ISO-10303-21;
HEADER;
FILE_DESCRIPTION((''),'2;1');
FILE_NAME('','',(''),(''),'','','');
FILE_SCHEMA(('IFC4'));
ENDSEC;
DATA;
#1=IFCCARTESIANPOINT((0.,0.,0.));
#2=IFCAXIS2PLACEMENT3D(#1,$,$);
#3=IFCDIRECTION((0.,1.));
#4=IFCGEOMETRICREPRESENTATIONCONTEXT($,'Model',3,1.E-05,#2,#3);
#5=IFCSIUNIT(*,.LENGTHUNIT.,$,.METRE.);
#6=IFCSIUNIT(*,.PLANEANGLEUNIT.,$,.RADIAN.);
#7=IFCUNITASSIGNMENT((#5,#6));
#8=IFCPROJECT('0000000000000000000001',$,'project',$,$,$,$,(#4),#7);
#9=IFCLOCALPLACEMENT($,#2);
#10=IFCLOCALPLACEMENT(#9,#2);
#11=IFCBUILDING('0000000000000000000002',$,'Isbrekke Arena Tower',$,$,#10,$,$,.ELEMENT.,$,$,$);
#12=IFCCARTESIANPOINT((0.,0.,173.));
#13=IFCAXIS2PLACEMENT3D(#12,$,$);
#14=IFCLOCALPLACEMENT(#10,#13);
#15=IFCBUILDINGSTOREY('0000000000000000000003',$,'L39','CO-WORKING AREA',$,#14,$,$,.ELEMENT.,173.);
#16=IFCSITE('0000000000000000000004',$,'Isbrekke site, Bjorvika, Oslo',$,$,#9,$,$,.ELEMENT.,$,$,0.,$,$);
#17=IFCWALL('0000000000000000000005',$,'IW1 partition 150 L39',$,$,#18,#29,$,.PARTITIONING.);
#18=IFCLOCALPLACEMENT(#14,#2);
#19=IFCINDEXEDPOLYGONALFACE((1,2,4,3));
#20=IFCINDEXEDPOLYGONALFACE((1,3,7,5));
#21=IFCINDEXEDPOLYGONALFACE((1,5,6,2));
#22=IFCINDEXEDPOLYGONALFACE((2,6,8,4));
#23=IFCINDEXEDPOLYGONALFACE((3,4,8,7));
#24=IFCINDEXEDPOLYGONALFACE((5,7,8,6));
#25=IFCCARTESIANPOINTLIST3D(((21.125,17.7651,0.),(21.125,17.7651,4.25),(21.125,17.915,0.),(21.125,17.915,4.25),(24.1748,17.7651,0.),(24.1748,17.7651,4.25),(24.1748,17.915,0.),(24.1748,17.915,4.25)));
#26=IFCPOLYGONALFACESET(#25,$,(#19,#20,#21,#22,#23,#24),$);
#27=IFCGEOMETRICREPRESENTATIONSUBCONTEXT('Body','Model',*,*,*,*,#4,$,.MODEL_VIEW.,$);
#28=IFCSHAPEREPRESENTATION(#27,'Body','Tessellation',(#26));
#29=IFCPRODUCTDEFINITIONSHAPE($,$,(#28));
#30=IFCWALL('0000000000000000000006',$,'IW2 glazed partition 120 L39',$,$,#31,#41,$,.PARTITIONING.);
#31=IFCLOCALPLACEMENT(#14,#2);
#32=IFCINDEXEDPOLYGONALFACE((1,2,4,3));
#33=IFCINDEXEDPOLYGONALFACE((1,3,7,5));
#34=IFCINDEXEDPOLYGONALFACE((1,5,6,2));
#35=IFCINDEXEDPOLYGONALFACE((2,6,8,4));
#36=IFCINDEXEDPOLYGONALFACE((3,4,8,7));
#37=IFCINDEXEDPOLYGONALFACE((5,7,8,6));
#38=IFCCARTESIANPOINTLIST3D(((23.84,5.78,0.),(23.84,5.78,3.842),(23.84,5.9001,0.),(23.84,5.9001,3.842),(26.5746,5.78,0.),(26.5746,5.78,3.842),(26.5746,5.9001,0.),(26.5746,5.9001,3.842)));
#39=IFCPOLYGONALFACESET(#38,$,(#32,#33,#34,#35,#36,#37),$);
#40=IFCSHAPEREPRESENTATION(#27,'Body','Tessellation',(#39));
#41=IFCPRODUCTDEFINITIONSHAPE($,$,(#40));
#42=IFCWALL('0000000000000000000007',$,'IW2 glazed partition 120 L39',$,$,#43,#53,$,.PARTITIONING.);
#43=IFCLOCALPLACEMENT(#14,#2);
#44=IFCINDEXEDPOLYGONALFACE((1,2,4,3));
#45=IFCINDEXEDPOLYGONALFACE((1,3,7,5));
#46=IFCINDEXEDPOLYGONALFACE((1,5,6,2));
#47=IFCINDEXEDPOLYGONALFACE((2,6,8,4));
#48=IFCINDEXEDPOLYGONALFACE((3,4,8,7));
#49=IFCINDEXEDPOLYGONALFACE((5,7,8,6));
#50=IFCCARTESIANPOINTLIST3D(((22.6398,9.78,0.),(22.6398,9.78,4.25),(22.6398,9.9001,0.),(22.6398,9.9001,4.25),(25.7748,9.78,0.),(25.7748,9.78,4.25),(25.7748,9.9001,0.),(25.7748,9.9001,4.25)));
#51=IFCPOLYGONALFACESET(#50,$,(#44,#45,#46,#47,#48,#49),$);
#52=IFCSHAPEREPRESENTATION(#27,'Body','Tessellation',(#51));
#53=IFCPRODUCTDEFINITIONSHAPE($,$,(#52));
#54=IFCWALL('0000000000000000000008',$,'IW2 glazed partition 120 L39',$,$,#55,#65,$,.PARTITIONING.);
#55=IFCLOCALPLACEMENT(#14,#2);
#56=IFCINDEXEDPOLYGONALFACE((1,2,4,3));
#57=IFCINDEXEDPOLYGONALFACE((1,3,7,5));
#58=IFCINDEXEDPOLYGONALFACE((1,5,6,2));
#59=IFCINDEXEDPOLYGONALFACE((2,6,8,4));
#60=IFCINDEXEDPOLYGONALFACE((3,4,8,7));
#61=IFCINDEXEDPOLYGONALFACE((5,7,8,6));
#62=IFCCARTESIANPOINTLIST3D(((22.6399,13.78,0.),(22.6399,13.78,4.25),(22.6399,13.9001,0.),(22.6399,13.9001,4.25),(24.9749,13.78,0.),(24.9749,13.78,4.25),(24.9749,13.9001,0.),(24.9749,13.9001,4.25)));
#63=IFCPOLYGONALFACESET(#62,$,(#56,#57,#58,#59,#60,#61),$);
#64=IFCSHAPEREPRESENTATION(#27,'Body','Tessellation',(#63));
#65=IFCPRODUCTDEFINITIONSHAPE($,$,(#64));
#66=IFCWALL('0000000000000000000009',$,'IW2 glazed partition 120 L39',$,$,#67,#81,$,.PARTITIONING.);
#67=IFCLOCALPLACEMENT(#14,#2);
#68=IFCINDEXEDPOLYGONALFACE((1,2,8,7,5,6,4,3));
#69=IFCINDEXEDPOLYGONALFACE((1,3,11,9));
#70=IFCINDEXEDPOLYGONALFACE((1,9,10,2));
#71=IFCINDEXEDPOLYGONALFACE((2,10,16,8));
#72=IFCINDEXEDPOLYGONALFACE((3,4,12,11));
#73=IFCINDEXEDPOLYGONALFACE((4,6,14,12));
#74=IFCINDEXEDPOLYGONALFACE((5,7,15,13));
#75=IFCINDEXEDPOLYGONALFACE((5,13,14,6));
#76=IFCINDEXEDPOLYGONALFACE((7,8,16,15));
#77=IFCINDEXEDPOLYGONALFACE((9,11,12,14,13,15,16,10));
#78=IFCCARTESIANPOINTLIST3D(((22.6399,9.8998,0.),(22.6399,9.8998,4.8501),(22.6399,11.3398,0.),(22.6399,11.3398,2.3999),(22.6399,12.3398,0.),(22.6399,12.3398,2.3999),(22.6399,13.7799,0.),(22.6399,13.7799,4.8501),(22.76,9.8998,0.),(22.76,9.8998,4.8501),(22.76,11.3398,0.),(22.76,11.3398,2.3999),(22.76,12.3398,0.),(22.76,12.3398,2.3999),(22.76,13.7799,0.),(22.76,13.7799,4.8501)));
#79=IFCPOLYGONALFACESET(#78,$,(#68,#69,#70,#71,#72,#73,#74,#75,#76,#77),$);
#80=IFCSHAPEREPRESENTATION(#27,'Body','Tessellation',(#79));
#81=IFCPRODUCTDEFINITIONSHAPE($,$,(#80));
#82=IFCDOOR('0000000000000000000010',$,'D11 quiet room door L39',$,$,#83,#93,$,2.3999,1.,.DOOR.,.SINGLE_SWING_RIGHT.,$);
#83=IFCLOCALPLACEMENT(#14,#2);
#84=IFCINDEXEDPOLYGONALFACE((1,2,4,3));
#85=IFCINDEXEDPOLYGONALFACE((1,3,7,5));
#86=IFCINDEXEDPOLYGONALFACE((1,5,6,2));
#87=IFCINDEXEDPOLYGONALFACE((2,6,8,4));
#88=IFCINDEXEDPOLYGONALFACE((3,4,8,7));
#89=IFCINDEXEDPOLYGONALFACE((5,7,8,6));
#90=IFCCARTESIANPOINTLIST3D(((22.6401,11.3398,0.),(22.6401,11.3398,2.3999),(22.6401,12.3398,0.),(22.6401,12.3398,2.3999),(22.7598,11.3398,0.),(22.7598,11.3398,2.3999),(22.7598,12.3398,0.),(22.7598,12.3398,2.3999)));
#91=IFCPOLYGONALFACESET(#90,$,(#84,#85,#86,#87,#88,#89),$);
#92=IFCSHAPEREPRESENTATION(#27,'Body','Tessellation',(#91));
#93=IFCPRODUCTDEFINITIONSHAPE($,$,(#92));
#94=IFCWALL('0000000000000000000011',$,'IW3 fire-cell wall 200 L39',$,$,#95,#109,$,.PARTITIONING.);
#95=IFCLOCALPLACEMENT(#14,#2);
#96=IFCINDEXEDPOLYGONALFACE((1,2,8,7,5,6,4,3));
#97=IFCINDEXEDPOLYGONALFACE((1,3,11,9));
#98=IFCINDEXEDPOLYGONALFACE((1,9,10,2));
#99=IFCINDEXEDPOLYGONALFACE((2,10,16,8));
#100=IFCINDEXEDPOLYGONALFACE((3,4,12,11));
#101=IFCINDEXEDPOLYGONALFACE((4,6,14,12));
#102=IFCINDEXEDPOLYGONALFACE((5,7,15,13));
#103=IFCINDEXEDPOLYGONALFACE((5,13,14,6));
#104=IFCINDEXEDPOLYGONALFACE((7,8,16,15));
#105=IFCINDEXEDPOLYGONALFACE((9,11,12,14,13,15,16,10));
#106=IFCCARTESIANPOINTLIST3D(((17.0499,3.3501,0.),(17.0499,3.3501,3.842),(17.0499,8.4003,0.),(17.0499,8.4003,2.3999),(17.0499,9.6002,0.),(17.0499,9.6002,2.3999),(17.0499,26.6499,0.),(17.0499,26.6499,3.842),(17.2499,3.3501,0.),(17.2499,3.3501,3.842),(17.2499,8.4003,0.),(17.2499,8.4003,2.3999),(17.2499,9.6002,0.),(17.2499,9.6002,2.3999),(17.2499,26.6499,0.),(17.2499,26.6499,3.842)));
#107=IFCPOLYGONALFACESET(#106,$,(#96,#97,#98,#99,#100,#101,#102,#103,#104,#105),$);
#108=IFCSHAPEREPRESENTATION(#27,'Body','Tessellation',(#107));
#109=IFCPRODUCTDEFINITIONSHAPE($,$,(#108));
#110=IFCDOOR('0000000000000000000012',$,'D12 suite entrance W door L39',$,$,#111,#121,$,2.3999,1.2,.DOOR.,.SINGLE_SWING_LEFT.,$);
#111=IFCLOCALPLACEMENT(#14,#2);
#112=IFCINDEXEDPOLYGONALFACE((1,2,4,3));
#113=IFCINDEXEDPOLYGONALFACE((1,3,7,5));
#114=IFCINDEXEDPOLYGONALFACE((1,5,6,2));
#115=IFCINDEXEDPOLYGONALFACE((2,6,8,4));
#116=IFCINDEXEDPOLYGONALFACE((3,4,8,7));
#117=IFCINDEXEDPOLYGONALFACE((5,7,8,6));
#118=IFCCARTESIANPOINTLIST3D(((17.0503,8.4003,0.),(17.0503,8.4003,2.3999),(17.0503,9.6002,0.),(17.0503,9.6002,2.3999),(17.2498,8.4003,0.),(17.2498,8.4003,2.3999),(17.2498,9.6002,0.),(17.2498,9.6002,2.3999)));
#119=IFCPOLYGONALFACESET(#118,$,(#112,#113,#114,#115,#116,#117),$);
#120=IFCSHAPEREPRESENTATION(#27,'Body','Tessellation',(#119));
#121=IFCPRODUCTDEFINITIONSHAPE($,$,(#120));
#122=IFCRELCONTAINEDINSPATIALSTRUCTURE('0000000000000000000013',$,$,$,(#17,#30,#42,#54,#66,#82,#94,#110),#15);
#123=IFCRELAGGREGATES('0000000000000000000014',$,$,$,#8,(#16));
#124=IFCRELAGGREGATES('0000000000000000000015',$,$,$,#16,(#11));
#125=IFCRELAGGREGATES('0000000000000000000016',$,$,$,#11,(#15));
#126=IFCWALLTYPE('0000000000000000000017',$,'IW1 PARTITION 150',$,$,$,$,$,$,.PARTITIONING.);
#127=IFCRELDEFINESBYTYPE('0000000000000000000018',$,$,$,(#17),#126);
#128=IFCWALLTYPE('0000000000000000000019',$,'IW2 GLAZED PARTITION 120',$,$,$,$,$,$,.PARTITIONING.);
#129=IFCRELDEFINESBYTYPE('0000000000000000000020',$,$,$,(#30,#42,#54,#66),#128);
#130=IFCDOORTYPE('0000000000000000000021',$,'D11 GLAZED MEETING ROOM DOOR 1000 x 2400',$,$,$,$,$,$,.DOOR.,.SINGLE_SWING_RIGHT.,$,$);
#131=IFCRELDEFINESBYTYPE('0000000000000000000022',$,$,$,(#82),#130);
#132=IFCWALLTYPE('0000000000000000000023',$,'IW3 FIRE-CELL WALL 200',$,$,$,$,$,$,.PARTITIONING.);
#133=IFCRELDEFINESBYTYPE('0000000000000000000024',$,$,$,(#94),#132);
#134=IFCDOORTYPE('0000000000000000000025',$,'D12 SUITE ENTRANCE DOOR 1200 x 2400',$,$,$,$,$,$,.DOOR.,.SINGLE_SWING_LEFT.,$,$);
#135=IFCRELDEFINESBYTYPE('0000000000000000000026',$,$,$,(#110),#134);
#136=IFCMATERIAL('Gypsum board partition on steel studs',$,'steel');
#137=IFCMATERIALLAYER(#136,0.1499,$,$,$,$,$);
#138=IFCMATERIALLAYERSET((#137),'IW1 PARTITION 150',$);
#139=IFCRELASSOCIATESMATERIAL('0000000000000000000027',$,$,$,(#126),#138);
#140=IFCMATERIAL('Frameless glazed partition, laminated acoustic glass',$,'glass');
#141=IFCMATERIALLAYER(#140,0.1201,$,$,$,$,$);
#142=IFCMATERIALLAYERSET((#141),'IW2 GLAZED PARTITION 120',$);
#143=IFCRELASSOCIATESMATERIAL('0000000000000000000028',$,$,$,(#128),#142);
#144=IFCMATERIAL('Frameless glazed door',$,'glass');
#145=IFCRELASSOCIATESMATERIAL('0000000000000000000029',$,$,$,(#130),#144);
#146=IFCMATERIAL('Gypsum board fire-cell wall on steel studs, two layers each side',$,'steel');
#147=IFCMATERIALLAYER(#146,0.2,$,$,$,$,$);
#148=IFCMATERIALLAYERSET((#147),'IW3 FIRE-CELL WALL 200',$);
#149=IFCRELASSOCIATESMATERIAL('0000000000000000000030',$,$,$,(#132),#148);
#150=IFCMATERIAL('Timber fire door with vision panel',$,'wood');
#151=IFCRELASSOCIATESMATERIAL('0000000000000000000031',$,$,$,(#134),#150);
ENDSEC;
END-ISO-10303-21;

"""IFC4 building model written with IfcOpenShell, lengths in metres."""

from ifc_helpers import new_model, si_unit, direction, frame, frame_2d, origin, place, context, subcontext, project, spatial, rectangle, extrude, material, layer, layer_set, type_object, element, fill, save


model = new_model("IFC4")

# Units and contexts
model_context = context("Model", 3, precision=1e-05, world=origin(), true_north=direction((0.0, 1.0)))
body_context = subcontext(model_context, "Body", "Model", "MODEL_VIEW")
ifc_project = project(units=[si_unit("LENGTHUNIT", "METRE"), si_unit("PLANEANGLEUNIT", "RADIAN")], contexts=[model_context])

# Site, building, storey
site_placement = place(None, origin())
site = spatial("IfcSite", under=ifc_project, at=site_placement, Name="Isbrekke site, Bjorvika, Oslo", CompositionType="ELEMENT", RefElevation=0.0)
building_placement = place(site_placement, origin())
building = spatial("IfcBuilding", under=site, at=building_placement, Name="Isbrekke Arena Tower", CompositionType="ELEMENT")
storey_placement = place(building_placement, frame((0.0, 0.0, 173.0)))
storey = spatial("IfcBuildingStorey", under=building, at=storey_placement, Name="L39", Description="CO-WORKING AREA", CompositionType="ELEMENT", Elevation=173.0)

# Walls
ifc_material_1 = material(Name="Gypsum board partition on steel studs", Category="steel")
ifc_layer_1 = layer(ifc_material_1, 0.1499)
ifc_layer_set_1 = layer_set([ifc_layer_1], Name="IW1 PARTITION 150")
wall_type_1 = type_object("IfcWallType", Name="IW1 PARTITION 150", PredefinedType="PARTITIONING", material=ifc_layer_set_1)
wall_1_placement = place(storey_placement, frame((21.125, 17.8401, 0.0), z_axis=(0.0, 0.0, 1.0), x_axis=(1.0, 0.0, 0.0)))
element("IfcWall", 1, at=wall_1_placement, inside=storey, type_object=wall_type_1, Name="IW1 partition 150 L39", PredefinedType="PARTITIONING", context=body_context, shape_type="SweptSolid", body=[
    extrude(rectangle(XDim=3.0498, YDim=0.1499, at=frame_2d((1.5249, 0.0))), origin(), (0.0, 0.0, 1.0), 4.25),
])
ifc_material_2 = material(Name="Frameless glazed partition, laminated acoustic glass", Category="glass")
ifc_layer_2 = layer(ifc_material_2, 0.1201)
ifc_layer_set_2 = layer_set([ifc_layer_2], Name="IW2 GLAZED PARTITION 120")
wall_type_2 = type_object("IfcWallType", Name="IW2 GLAZED PARTITION 120", PredefinedType="PARTITIONING", material=ifc_layer_set_2)
wall_2_placement = place(storey_placement, frame((23.8401, 5.8401, 0.0), z_axis=(0.0, 0.0, 1.0), x_axis=(1.0, 0.0, 0.0)))
element("IfcWall", 2, at=wall_2_placement, inside=storey, type_object=wall_type_2, Name="IW2 glazed partition 120 L39", PredefinedType="PARTITIONING", context=body_context, shape_type="SweptSolid", body=[
    extrude(rectangle(XDim=2.7346, YDim=0.1201, at=frame_2d((1.3672, 0.0))), origin(), (0.0, 0.0, 1.0), 3.842),
])
wall_3_placement = place(storey_placement, frame((22.6399, 9.8401, 0.0), z_axis=(0.0, 0.0, 1.0), x_axis=(1.0, 0.0, 0.0)))
element("IfcWall", 3, at=wall_3_placement, inside=storey, type_object=wall_type_2, Name="IW2 glazed partition 120 L39", PredefinedType="PARTITIONING", context=body_context, shape_type="SweptSolid", body=[
    extrude(rectangle(XDim=3.135, YDim=0.1201, at=frame_2d((1.5674, 0.0))), origin(), (0.0, 0.0, 1.0), 4.25),
])
wall_4_placement = place(storey_placement, frame((22.6399, 13.8401, 0.0), z_axis=(0.0, 0.0, 1.0), x_axis=(1.0, 0.0, 0.0)))
element("IfcWall", 4, at=wall_4_placement, inside=storey, type_object=wall_type_2, Name="IW2 glazed partition 120 L39", PredefinedType="PARTITIONING", context=body_context, shape_type="SweptSolid", body=[
    extrude(rectangle(XDim=2.335, YDim=0.1201, at=frame_2d((1.1675, 0.0))), origin(), (0.0, 0.0, 1.0), 4.25),
])

# Walls, openings, doors
wall_5_placement = place(storey_placement, frame((22.7, 9.8999, 0.0), z_axis=(0.0, 0.0, 1.0), x_axis=(0.0, 1.0, 0.0)))
wall_5 = element("IfcWall", 5, at=wall_5_placement, inside=storey, type_object=wall_type_2, Name="IW2 glazed partition 120 L39", PredefinedType="PARTITIONING", context=body_context, shape_type="SweptSolid", body=[
    extrude(rectangle(XDim=3.8801, YDim=0.1201, at=frame_2d((1.9399, 0.0))), origin(), (0.0, 0.0, 1.0), 4.8501),
])
opening_1_placement = place(wall_5_placement, frame((1.4399, 0.0, 0.0)))
opening_1 = element("IfcOpeningElement", 6, at=opening_1_placement, cuts=wall_5, PredefinedType="OPENING", context=body_context, shape_type="SweptSolid", body=[
    extrude(rectangle(XDim=1.0, YDim=2.3999, at=frame_2d((0.5, 1.2))), frame((0.0, 0.075, 0.0), z_axis=(0.0, -1.0, 0.0), x_axis=(1.0, 0.0, 0.0)), (0.0, 0.0, 1.0), 0.1499),
])
ifc_material_3 = material(Name="Frameless glazed door", Category="glass")
door_type_1 = type_object("IfcDoorType", Name="D11 GLAZED MEETING ROOM DOOR 1000 x 2400", OperationType="SINGLE_SWING_RIGHT", PredefinedType="DOOR", material=ifc_material_3)
door_1_placement = place(opening_1_placement, origin())
door_1 = element("IfcDoor", 7, at=door_1_placement, inside=storey, type_object=door_type_1, Name="D11 quiet room door L39", OperationType="SINGLE_SWING_RIGHT", OverallHeight=2.3999, OverallWidth=1.0, PredefinedType="DOOR", context=body_context, shape_type="SweptSolid", body=[
    extrude(rectangle(XDim=1.0, YDim=2.3999, at=frame_2d((0.5, 1.2))), frame((0.0, 0.0598, 0.0), z_axis=(0.0, -1.0, 0.0), x_axis=(1.0, 0.0, 0.0)), (0.0, 0.0, 1.0), 0.1196),
])
fill(opening_1, door_1)
ifc_material_4 = material(Name="Gypsum board fire-cell wall on steel studs, two layers each side", Category="steel")
ifc_layer_3 = layer(ifc_material_4, 0.2)
ifc_layer_set_3 = layer_set([ifc_layer_3], Name="IW3 FIRE-CELL WALL 200")
wall_type_3 = type_object("IfcWallType", Name="IW3 FIRE-CELL WALL 200", PredefinedType="PARTITIONING", material=ifc_layer_set_3)
wall_6_placement = place(storey_placement, frame((17.1499, 3.3501, 0.0), z_axis=(0.0, 0.0, 1.0), x_axis=(0.0, 1.0, 0.0)))
wall_6 = element("IfcWall", 8, at=wall_6_placement, inside=storey, type_object=wall_type_3, Name="IW3 fire-cell wall 200 L39", PredefinedType="PARTITIONING", context=body_context, shape_type="SweptSolid", body=[
    extrude(rectangle(XDim=23.2998, YDim=0.2, at=frame_2d((11.6499, 0.0))), origin(), (0.0, 0.0, 1.0), 3.842),
])
opening_2_placement = place(wall_6_placement, frame((5.05, 0.0, 0.0)))
opening_2 = element("IfcOpeningElement", 9, at=opening_2_placement, cuts=wall_6, PredefinedType="OPENING", context=body_context, shape_type="SweptSolid", body=[
    extrude(rectangle(XDim=1.2, YDim=2.3999, at=frame_2d((0.6001, 1.2))), frame((0.0, 0.1147, 0.0), z_axis=(0.0, -1.0, 0.0), x_axis=(1.0, 0.0, 0.0)), (0.0, 0.0, 1.0), 0.2297),
])
ifc_material_5 = material(Name="Timber fire door with vision panel", Category="wood")
door_type_2 = type_object("IfcDoorType", Name="D12 SUITE ENTRANCE DOOR 1200 x 2400", OperationType="SINGLE_SWING_LEFT", PredefinedType="DOOR", material=ifc_material_5)
door_2_placement = place(opening_2_placement, origin())
door_2 = element("IfcDoor", 10, at=door_2_placement, inside=storey, type_object=door_type_2, Name="D12 suite entrance W door L39", OperationType="SINGLE_SWING_LEFT", OverallHeight=2.3999, OverallWidth=1.2, PredefinedType="DOOR", context=body_context, shape_type="SweptSolid", body=[
    extrude(rectangle(XDim=1.2, YDim=2.3999, at=frame_2d((0.6001, 1.2))), frame((0.0, 0.0996, 0.0), z_axis=(0.0, -1.0, 0.0), x_axis=(1.0, 0.0, 0.0)), (0.0, 0.0, 1.0), 0.1995),
])
fill(opening_2, door_2)

save(model, "model.ifc")
